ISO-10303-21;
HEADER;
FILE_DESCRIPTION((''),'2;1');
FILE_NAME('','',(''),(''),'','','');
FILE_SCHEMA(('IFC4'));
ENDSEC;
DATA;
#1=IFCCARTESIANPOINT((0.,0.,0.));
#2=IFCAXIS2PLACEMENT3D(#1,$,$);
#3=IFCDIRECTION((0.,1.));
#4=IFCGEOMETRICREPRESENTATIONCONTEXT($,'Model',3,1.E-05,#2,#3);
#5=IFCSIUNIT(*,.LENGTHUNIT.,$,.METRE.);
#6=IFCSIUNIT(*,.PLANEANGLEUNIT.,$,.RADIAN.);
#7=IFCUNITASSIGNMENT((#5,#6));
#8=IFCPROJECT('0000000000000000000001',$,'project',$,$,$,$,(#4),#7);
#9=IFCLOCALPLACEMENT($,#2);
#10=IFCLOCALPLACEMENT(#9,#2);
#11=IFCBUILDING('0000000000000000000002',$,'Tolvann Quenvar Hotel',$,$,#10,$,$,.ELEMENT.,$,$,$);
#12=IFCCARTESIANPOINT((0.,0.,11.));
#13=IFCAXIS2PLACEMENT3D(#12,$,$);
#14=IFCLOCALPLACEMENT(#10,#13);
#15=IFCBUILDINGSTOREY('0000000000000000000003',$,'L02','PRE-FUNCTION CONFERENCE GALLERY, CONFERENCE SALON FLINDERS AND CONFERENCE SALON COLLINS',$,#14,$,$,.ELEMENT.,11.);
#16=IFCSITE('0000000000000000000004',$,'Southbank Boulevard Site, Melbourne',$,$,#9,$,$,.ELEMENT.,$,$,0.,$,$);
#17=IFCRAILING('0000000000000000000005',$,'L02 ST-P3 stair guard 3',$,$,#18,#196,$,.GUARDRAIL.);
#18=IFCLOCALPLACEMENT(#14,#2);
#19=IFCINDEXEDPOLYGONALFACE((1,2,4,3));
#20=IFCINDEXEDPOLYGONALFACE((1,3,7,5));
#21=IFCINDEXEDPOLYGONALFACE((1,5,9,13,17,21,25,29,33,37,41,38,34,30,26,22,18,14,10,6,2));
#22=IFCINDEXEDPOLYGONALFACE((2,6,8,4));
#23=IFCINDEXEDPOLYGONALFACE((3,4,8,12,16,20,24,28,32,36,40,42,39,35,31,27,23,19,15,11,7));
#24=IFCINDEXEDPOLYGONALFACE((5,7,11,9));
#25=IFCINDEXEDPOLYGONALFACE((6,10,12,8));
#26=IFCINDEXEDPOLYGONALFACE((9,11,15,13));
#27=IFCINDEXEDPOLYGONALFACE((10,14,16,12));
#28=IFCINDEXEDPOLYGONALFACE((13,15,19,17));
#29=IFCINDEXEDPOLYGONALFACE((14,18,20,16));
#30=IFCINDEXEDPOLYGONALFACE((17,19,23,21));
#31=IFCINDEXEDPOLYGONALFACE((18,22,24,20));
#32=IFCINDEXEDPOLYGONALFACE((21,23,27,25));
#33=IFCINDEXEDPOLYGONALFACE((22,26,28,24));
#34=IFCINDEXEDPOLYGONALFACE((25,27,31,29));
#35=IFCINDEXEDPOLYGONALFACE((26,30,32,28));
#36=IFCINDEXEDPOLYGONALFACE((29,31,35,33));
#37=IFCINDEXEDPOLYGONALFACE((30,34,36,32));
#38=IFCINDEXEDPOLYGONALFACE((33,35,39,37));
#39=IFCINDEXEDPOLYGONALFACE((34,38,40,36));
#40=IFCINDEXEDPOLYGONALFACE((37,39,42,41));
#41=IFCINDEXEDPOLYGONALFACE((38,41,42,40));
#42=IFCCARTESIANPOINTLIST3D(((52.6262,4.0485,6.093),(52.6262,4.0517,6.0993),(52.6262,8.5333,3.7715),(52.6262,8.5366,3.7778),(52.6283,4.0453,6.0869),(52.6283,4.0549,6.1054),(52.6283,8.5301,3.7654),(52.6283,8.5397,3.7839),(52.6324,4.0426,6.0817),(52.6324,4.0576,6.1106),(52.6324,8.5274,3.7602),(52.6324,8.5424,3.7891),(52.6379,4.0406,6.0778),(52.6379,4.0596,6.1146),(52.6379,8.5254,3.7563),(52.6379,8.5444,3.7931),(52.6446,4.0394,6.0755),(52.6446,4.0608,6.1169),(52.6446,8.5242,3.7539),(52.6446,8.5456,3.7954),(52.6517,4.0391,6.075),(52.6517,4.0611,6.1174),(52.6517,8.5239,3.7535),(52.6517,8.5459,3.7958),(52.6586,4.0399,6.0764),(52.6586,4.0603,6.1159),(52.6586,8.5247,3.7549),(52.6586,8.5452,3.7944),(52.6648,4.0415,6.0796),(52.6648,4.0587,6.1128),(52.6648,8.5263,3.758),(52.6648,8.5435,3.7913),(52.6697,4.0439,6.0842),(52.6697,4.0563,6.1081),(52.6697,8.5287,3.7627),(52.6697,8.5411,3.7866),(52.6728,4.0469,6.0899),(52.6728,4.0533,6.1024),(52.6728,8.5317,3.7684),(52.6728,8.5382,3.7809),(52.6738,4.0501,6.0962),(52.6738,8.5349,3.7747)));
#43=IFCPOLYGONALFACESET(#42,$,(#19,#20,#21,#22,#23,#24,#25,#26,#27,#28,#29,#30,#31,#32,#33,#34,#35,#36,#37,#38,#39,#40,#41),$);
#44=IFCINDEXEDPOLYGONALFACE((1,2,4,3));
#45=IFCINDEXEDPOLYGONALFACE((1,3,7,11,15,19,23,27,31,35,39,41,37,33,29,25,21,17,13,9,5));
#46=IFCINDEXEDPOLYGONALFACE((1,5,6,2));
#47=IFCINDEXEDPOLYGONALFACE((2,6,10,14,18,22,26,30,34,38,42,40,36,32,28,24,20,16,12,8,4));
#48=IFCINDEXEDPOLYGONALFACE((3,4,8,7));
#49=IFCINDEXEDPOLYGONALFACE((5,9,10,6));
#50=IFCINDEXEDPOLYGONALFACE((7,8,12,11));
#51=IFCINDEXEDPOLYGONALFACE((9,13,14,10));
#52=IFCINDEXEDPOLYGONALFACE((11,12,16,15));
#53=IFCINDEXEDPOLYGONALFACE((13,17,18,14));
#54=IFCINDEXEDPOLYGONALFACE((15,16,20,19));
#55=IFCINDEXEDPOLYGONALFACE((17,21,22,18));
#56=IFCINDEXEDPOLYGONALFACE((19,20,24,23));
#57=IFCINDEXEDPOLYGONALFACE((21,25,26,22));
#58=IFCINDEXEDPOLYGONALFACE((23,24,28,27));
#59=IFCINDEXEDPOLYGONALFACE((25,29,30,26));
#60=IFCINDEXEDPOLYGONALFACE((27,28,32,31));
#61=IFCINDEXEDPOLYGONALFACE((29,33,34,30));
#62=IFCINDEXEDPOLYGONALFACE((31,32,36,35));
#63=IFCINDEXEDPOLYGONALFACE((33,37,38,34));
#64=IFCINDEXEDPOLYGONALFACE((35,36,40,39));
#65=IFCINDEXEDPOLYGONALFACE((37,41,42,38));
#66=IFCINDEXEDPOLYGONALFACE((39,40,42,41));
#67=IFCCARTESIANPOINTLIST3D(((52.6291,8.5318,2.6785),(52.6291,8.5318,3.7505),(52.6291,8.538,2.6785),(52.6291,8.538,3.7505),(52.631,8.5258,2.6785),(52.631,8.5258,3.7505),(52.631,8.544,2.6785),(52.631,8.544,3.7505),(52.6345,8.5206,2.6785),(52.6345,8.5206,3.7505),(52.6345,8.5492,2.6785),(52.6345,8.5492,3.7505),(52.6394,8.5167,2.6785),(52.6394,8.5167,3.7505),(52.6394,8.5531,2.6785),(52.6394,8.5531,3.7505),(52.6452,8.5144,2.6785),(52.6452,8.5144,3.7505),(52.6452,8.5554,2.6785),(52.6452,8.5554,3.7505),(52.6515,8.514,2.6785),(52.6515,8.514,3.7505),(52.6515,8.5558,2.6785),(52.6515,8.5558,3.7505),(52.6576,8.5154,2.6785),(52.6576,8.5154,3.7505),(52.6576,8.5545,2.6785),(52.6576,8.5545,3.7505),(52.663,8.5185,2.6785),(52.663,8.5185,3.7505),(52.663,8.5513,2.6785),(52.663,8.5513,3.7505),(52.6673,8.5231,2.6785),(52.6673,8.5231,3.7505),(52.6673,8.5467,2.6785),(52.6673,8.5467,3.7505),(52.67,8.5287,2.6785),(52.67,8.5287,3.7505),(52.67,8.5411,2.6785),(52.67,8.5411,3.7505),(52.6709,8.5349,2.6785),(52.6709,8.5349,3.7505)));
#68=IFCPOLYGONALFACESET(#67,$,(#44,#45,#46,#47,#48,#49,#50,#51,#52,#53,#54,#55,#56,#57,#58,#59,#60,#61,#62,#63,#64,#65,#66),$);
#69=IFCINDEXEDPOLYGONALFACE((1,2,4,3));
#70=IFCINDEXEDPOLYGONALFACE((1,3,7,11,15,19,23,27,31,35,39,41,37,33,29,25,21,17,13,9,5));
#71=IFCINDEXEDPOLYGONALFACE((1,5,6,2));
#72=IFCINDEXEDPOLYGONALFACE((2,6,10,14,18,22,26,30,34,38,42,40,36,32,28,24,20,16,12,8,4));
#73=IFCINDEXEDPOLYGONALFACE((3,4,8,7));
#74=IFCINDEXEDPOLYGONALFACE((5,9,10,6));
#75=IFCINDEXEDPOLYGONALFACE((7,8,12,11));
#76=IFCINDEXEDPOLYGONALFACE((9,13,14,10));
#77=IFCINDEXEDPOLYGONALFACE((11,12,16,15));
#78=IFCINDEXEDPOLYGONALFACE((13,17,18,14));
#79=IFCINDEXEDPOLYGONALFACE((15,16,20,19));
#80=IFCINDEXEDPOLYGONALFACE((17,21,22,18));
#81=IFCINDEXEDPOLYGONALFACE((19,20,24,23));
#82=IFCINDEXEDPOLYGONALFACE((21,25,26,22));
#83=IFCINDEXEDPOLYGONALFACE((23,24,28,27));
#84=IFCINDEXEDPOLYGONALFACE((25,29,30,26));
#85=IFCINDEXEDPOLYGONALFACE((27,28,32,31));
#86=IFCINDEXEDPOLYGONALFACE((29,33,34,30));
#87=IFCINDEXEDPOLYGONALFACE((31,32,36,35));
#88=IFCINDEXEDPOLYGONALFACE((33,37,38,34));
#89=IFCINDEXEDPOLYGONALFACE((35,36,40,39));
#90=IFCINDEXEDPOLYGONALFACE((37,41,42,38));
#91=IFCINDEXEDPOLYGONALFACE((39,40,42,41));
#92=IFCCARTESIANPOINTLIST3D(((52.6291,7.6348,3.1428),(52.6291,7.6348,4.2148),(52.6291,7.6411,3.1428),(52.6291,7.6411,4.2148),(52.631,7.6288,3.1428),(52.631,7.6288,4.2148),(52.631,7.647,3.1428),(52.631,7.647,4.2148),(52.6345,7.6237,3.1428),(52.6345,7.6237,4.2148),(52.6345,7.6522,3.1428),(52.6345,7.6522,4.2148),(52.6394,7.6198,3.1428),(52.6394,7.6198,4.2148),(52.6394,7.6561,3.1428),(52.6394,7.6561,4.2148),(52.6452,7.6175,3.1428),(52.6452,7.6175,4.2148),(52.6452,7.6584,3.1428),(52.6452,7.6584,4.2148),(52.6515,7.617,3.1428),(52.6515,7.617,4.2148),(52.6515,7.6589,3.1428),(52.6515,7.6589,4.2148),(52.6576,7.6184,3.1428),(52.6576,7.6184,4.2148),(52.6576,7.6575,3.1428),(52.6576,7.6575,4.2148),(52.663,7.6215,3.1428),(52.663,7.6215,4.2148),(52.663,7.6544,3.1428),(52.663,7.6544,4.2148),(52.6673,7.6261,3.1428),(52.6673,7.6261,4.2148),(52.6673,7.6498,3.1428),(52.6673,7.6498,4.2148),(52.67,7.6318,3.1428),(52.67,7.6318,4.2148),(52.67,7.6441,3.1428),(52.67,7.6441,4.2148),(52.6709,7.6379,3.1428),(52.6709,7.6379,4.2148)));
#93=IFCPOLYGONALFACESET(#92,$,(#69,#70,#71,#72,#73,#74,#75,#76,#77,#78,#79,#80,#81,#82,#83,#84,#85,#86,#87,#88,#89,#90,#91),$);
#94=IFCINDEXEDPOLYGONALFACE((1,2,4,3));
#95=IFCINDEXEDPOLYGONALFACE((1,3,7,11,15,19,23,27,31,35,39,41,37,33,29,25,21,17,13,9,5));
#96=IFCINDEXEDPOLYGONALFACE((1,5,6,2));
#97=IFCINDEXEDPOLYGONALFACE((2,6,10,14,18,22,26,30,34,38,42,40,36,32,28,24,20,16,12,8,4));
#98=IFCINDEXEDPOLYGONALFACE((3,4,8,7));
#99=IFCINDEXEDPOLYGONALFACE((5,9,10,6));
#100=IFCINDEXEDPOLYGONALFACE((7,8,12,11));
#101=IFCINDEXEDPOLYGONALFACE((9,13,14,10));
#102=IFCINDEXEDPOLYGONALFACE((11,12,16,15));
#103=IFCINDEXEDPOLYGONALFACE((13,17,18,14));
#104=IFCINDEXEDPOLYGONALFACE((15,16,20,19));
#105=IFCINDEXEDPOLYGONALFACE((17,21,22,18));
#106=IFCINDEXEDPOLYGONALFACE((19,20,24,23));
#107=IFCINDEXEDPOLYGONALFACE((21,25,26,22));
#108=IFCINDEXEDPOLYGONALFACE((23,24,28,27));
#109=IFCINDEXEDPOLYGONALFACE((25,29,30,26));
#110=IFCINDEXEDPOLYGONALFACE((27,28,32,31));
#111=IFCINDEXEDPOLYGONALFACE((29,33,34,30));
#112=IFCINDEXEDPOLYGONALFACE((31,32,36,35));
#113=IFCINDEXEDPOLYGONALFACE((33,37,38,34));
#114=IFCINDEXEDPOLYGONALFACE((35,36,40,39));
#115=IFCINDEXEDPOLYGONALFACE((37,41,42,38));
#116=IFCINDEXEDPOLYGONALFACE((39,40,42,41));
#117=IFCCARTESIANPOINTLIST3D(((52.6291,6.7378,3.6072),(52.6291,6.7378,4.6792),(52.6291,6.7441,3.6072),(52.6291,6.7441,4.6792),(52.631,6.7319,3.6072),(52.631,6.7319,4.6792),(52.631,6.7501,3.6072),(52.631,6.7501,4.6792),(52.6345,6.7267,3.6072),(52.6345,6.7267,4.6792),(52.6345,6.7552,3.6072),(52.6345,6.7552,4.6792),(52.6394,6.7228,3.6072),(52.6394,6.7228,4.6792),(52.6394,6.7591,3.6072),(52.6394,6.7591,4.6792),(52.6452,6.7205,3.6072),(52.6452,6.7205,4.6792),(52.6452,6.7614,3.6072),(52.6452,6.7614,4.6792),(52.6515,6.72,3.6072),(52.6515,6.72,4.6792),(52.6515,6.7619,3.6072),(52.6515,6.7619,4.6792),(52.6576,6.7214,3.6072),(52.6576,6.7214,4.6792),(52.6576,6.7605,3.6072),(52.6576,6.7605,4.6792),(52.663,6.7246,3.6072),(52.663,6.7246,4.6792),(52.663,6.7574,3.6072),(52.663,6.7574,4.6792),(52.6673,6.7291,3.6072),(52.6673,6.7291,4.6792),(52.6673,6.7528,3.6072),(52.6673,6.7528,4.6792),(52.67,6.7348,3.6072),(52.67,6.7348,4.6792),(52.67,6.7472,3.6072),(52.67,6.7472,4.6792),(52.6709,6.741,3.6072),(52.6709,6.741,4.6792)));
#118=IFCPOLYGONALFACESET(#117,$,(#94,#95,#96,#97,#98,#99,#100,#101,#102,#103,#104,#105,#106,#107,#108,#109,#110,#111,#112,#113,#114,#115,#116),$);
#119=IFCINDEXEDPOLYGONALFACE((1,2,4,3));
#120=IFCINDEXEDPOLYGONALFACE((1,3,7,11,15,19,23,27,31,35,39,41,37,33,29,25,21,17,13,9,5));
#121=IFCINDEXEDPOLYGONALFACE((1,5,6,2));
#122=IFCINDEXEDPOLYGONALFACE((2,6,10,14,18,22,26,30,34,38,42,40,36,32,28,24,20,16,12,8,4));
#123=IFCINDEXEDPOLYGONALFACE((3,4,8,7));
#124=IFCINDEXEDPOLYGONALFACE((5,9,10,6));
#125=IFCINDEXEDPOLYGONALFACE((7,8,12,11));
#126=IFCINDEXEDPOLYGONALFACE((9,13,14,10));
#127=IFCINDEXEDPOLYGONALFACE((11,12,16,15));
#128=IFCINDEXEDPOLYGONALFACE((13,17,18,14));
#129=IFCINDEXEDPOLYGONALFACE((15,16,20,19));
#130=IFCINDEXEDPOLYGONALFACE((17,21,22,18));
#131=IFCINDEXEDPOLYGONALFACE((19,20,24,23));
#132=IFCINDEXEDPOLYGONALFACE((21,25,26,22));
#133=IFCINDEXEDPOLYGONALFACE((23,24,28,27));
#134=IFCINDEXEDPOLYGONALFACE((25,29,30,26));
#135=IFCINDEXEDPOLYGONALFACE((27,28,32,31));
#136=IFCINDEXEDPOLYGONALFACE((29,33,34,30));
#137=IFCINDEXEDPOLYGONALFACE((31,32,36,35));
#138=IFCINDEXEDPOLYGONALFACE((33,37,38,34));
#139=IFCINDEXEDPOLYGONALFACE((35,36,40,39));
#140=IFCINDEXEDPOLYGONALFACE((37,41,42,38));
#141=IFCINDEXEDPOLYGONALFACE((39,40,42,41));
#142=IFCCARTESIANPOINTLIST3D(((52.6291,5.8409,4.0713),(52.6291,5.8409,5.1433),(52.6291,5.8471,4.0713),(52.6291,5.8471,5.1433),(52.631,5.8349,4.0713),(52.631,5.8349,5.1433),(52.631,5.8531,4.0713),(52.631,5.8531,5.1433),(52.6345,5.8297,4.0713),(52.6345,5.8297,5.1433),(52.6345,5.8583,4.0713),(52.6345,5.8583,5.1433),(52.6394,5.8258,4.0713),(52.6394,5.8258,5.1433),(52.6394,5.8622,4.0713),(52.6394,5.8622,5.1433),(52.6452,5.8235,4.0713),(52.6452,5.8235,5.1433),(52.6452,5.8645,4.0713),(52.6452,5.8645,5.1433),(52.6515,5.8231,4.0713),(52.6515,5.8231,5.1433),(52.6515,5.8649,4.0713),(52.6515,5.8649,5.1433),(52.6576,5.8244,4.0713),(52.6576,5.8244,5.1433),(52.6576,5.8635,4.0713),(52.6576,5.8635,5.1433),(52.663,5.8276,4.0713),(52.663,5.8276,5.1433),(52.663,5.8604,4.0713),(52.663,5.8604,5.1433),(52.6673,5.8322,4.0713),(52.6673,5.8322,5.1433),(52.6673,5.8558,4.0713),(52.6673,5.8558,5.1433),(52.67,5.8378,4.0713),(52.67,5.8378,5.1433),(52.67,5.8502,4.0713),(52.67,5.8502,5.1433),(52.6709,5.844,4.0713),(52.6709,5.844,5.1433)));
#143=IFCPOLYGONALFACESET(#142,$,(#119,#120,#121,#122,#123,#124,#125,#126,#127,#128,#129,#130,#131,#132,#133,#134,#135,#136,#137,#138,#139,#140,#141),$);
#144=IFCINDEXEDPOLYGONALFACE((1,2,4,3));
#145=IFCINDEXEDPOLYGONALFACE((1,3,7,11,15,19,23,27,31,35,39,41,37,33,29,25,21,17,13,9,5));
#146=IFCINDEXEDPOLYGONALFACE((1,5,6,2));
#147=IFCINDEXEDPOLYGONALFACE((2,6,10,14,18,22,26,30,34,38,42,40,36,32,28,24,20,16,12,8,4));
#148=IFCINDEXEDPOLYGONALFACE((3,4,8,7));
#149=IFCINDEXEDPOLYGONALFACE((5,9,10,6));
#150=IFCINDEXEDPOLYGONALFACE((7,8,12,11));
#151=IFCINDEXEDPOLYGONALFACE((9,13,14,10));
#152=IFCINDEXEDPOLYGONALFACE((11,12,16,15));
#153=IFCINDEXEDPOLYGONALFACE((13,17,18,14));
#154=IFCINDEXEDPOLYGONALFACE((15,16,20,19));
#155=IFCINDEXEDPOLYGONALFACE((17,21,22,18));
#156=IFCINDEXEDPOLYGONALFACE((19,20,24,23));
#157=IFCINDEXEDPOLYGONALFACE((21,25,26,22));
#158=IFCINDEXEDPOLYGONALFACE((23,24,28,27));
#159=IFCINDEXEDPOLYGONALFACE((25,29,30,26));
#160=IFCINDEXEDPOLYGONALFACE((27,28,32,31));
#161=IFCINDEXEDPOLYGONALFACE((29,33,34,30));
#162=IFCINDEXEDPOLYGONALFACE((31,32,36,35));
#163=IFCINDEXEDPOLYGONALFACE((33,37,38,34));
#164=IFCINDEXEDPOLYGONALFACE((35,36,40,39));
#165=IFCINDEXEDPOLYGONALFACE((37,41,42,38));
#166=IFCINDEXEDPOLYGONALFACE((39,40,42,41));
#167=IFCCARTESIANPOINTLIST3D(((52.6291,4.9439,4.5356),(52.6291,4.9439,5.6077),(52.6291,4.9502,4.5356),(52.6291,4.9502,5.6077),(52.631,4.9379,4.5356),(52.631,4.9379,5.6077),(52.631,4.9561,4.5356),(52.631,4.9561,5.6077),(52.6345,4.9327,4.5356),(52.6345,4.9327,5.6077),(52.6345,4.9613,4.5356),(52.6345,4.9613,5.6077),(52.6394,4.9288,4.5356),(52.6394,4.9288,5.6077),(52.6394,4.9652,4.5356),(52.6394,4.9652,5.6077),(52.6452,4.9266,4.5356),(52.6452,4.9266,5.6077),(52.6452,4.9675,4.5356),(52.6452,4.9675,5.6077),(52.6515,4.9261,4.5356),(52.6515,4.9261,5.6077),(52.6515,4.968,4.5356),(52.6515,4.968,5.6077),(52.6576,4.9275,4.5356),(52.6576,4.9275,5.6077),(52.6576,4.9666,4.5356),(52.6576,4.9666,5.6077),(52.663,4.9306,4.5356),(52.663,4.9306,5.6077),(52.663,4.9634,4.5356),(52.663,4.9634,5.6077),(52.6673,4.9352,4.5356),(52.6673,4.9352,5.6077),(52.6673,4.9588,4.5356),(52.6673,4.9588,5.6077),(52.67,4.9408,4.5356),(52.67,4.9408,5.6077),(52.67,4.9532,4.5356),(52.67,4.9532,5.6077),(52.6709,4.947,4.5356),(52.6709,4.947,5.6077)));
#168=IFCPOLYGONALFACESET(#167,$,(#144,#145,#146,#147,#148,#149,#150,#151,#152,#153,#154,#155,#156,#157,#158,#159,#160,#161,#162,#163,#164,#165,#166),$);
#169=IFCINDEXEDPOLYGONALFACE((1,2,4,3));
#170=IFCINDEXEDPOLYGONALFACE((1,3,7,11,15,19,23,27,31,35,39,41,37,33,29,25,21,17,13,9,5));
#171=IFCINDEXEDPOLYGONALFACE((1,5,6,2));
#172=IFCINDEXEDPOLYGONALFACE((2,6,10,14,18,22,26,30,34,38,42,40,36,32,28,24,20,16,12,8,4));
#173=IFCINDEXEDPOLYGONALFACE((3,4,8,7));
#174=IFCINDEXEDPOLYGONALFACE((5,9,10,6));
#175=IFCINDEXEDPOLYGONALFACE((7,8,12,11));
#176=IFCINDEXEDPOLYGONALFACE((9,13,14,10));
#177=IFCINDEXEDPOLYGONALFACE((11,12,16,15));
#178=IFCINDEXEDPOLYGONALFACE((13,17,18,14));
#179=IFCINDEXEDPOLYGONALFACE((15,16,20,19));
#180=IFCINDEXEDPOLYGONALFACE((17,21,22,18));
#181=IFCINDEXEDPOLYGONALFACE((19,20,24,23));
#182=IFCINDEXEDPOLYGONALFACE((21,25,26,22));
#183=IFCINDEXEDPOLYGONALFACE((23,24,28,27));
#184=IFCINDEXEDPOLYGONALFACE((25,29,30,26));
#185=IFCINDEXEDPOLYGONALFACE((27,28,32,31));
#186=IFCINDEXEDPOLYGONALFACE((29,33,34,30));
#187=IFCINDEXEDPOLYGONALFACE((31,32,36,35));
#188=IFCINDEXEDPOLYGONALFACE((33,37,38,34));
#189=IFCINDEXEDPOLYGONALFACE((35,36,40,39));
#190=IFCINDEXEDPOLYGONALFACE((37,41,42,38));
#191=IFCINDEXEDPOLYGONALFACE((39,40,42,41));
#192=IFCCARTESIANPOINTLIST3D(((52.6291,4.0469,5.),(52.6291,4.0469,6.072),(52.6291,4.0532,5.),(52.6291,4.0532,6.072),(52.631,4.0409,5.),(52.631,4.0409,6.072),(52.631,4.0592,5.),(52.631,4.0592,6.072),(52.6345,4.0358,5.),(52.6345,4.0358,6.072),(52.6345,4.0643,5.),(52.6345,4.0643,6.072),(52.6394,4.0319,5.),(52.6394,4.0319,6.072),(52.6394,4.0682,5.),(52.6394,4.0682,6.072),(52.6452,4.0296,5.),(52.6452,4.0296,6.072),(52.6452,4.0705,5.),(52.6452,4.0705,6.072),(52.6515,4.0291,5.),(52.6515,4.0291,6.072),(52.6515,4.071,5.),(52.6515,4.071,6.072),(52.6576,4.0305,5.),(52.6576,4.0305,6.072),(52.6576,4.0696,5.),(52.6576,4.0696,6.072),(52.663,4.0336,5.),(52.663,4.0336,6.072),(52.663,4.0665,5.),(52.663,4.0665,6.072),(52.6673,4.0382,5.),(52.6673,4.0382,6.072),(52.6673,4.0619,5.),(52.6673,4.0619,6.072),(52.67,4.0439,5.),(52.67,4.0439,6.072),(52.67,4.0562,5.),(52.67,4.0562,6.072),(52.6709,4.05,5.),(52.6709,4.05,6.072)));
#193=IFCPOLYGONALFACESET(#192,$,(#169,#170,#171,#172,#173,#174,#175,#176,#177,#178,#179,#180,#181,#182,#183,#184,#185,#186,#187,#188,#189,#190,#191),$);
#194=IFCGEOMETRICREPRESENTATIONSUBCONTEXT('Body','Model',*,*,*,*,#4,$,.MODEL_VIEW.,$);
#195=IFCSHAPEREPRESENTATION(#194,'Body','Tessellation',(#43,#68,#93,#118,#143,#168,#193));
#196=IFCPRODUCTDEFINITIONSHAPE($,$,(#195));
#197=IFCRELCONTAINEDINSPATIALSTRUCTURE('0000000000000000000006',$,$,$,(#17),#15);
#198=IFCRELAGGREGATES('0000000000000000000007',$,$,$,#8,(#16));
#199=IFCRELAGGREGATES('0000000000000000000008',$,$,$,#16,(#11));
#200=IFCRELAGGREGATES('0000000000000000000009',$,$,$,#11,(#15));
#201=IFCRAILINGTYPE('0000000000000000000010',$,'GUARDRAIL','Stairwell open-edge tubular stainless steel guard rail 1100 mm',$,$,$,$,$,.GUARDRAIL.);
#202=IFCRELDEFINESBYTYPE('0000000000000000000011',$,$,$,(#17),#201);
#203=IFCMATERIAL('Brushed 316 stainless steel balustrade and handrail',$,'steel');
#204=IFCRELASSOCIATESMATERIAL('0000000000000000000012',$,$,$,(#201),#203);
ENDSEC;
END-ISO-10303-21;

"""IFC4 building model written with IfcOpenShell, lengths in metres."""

from ifc_helpers import new_model, si_unit, direction, frame, origin, origin_2d, place, context, subcontext, project, spatial, circle, extrude, material, type_object, element, save


model = new_model("IFC4")

# Units and contexts
model_context = context("Model", 3, precision=1e-05, world=origin(), true_north=direction((0.0, 1.0)))
body_context = subcontext(model_context, "Body", "Model", "MODEL_VIEW")
ifc_project = project(units=[si_unit("LENGTHUNIT", "METRE"), si_unit("PLANEANGLEUNIT", "RADIAN")], contexts=[model_context])

# Site, building, storey
site_placement = place(None, origin())
site = spatial("IfcSite", under=ifc_project, at=site_placement, Name="Southbank Boulevard Site, Melbourne", CompositionType="ELEMENT", RefElevation=0.0)
building_placement = place(site_placement, origin())
building = spatial("IfcBuilding", under=site, at=building_placement, Name="Tolvann Quenvar Hotel", CompositionType="ELEMENT")
storey_placement = place(building_placement, frame((0.0, 0.0, 11.0)))
storey = spatial("IfcBuildingStorey", under=building, at=storey_placement, Name="L02", Description="PRE-FUNCTION CONFERENCE GALLERY, CONFERENCE SALON FLINDERS AND CONFERENCE SALON COLLINS", CompositionType="ELEMENT", Elevation=11.0)

# Railing
ifc_material_1 = material(Name="Brushed 316 stainless steel balustrade and handrail", Category="steel")
railing_type_1 = type_object("IfcRailingType", Name="GUARDRAIL", Description="Stairwell open-edge tubular stainless steel guard rail 1100 mm", PredefinedType="GUARDRAIL", material=ifc_material_1)
railing_1_placement = place(storey_placement, frame((52.6499, 8.5349, 2.6785)))
element("IfcRailing", 1, at=railing_1_placement, inside=storey, type_object=railing_type_1, Name="L02 ST-P3 stair guard 3", PredefinedType="GUARDRAIL", context=body_context, shape_type="SweptSolid", body=[
    extrude(circle(Radius=0.0239, at=origin_2d()), frame((0.0, 0.0, 1.0962), z_axis=(0.0, -0.888074, 0.4597), x_axis=(1.0, 0.0, 0.0)), (0.0, 0.0, 1.0), 5.05),
    extrude(circle(Radius=0.021, at=origin_2d()), origin(), (0.0, 0.0, 1.0), 1.072),
    extrude(circle(Radius=0.021, at=origin_2d()), frame((0.0, -0.897, 0.4644)), (0.0, 0.0, 1.0), 1.072),
    extrude(circle(Radius=0.021, at=origin_2d()), frame((0.0, -1.7939, 0.9287)), (0.0, 0.0, 1.0), 1.072),
    extrude(circle(Radius=0.021, at=origin_2d()), frame((0.0, -2.6909, 1.3928)), (0.0, 0.0, 1.0), 1.072),
    extrude(circle(Radius=0.021, at=origin_2d()), frame((0.0, -3.5879, 1.8572)), (0.0, 0.0, 1.0), 1.072),
    extrude(circle(Radius=0.021, at=origin_2d()), frame((0.0, -4.4849, 2.3215)), (0.0, 0.0, 1.0), 1.072),
])

save(model, "model.ifc")
